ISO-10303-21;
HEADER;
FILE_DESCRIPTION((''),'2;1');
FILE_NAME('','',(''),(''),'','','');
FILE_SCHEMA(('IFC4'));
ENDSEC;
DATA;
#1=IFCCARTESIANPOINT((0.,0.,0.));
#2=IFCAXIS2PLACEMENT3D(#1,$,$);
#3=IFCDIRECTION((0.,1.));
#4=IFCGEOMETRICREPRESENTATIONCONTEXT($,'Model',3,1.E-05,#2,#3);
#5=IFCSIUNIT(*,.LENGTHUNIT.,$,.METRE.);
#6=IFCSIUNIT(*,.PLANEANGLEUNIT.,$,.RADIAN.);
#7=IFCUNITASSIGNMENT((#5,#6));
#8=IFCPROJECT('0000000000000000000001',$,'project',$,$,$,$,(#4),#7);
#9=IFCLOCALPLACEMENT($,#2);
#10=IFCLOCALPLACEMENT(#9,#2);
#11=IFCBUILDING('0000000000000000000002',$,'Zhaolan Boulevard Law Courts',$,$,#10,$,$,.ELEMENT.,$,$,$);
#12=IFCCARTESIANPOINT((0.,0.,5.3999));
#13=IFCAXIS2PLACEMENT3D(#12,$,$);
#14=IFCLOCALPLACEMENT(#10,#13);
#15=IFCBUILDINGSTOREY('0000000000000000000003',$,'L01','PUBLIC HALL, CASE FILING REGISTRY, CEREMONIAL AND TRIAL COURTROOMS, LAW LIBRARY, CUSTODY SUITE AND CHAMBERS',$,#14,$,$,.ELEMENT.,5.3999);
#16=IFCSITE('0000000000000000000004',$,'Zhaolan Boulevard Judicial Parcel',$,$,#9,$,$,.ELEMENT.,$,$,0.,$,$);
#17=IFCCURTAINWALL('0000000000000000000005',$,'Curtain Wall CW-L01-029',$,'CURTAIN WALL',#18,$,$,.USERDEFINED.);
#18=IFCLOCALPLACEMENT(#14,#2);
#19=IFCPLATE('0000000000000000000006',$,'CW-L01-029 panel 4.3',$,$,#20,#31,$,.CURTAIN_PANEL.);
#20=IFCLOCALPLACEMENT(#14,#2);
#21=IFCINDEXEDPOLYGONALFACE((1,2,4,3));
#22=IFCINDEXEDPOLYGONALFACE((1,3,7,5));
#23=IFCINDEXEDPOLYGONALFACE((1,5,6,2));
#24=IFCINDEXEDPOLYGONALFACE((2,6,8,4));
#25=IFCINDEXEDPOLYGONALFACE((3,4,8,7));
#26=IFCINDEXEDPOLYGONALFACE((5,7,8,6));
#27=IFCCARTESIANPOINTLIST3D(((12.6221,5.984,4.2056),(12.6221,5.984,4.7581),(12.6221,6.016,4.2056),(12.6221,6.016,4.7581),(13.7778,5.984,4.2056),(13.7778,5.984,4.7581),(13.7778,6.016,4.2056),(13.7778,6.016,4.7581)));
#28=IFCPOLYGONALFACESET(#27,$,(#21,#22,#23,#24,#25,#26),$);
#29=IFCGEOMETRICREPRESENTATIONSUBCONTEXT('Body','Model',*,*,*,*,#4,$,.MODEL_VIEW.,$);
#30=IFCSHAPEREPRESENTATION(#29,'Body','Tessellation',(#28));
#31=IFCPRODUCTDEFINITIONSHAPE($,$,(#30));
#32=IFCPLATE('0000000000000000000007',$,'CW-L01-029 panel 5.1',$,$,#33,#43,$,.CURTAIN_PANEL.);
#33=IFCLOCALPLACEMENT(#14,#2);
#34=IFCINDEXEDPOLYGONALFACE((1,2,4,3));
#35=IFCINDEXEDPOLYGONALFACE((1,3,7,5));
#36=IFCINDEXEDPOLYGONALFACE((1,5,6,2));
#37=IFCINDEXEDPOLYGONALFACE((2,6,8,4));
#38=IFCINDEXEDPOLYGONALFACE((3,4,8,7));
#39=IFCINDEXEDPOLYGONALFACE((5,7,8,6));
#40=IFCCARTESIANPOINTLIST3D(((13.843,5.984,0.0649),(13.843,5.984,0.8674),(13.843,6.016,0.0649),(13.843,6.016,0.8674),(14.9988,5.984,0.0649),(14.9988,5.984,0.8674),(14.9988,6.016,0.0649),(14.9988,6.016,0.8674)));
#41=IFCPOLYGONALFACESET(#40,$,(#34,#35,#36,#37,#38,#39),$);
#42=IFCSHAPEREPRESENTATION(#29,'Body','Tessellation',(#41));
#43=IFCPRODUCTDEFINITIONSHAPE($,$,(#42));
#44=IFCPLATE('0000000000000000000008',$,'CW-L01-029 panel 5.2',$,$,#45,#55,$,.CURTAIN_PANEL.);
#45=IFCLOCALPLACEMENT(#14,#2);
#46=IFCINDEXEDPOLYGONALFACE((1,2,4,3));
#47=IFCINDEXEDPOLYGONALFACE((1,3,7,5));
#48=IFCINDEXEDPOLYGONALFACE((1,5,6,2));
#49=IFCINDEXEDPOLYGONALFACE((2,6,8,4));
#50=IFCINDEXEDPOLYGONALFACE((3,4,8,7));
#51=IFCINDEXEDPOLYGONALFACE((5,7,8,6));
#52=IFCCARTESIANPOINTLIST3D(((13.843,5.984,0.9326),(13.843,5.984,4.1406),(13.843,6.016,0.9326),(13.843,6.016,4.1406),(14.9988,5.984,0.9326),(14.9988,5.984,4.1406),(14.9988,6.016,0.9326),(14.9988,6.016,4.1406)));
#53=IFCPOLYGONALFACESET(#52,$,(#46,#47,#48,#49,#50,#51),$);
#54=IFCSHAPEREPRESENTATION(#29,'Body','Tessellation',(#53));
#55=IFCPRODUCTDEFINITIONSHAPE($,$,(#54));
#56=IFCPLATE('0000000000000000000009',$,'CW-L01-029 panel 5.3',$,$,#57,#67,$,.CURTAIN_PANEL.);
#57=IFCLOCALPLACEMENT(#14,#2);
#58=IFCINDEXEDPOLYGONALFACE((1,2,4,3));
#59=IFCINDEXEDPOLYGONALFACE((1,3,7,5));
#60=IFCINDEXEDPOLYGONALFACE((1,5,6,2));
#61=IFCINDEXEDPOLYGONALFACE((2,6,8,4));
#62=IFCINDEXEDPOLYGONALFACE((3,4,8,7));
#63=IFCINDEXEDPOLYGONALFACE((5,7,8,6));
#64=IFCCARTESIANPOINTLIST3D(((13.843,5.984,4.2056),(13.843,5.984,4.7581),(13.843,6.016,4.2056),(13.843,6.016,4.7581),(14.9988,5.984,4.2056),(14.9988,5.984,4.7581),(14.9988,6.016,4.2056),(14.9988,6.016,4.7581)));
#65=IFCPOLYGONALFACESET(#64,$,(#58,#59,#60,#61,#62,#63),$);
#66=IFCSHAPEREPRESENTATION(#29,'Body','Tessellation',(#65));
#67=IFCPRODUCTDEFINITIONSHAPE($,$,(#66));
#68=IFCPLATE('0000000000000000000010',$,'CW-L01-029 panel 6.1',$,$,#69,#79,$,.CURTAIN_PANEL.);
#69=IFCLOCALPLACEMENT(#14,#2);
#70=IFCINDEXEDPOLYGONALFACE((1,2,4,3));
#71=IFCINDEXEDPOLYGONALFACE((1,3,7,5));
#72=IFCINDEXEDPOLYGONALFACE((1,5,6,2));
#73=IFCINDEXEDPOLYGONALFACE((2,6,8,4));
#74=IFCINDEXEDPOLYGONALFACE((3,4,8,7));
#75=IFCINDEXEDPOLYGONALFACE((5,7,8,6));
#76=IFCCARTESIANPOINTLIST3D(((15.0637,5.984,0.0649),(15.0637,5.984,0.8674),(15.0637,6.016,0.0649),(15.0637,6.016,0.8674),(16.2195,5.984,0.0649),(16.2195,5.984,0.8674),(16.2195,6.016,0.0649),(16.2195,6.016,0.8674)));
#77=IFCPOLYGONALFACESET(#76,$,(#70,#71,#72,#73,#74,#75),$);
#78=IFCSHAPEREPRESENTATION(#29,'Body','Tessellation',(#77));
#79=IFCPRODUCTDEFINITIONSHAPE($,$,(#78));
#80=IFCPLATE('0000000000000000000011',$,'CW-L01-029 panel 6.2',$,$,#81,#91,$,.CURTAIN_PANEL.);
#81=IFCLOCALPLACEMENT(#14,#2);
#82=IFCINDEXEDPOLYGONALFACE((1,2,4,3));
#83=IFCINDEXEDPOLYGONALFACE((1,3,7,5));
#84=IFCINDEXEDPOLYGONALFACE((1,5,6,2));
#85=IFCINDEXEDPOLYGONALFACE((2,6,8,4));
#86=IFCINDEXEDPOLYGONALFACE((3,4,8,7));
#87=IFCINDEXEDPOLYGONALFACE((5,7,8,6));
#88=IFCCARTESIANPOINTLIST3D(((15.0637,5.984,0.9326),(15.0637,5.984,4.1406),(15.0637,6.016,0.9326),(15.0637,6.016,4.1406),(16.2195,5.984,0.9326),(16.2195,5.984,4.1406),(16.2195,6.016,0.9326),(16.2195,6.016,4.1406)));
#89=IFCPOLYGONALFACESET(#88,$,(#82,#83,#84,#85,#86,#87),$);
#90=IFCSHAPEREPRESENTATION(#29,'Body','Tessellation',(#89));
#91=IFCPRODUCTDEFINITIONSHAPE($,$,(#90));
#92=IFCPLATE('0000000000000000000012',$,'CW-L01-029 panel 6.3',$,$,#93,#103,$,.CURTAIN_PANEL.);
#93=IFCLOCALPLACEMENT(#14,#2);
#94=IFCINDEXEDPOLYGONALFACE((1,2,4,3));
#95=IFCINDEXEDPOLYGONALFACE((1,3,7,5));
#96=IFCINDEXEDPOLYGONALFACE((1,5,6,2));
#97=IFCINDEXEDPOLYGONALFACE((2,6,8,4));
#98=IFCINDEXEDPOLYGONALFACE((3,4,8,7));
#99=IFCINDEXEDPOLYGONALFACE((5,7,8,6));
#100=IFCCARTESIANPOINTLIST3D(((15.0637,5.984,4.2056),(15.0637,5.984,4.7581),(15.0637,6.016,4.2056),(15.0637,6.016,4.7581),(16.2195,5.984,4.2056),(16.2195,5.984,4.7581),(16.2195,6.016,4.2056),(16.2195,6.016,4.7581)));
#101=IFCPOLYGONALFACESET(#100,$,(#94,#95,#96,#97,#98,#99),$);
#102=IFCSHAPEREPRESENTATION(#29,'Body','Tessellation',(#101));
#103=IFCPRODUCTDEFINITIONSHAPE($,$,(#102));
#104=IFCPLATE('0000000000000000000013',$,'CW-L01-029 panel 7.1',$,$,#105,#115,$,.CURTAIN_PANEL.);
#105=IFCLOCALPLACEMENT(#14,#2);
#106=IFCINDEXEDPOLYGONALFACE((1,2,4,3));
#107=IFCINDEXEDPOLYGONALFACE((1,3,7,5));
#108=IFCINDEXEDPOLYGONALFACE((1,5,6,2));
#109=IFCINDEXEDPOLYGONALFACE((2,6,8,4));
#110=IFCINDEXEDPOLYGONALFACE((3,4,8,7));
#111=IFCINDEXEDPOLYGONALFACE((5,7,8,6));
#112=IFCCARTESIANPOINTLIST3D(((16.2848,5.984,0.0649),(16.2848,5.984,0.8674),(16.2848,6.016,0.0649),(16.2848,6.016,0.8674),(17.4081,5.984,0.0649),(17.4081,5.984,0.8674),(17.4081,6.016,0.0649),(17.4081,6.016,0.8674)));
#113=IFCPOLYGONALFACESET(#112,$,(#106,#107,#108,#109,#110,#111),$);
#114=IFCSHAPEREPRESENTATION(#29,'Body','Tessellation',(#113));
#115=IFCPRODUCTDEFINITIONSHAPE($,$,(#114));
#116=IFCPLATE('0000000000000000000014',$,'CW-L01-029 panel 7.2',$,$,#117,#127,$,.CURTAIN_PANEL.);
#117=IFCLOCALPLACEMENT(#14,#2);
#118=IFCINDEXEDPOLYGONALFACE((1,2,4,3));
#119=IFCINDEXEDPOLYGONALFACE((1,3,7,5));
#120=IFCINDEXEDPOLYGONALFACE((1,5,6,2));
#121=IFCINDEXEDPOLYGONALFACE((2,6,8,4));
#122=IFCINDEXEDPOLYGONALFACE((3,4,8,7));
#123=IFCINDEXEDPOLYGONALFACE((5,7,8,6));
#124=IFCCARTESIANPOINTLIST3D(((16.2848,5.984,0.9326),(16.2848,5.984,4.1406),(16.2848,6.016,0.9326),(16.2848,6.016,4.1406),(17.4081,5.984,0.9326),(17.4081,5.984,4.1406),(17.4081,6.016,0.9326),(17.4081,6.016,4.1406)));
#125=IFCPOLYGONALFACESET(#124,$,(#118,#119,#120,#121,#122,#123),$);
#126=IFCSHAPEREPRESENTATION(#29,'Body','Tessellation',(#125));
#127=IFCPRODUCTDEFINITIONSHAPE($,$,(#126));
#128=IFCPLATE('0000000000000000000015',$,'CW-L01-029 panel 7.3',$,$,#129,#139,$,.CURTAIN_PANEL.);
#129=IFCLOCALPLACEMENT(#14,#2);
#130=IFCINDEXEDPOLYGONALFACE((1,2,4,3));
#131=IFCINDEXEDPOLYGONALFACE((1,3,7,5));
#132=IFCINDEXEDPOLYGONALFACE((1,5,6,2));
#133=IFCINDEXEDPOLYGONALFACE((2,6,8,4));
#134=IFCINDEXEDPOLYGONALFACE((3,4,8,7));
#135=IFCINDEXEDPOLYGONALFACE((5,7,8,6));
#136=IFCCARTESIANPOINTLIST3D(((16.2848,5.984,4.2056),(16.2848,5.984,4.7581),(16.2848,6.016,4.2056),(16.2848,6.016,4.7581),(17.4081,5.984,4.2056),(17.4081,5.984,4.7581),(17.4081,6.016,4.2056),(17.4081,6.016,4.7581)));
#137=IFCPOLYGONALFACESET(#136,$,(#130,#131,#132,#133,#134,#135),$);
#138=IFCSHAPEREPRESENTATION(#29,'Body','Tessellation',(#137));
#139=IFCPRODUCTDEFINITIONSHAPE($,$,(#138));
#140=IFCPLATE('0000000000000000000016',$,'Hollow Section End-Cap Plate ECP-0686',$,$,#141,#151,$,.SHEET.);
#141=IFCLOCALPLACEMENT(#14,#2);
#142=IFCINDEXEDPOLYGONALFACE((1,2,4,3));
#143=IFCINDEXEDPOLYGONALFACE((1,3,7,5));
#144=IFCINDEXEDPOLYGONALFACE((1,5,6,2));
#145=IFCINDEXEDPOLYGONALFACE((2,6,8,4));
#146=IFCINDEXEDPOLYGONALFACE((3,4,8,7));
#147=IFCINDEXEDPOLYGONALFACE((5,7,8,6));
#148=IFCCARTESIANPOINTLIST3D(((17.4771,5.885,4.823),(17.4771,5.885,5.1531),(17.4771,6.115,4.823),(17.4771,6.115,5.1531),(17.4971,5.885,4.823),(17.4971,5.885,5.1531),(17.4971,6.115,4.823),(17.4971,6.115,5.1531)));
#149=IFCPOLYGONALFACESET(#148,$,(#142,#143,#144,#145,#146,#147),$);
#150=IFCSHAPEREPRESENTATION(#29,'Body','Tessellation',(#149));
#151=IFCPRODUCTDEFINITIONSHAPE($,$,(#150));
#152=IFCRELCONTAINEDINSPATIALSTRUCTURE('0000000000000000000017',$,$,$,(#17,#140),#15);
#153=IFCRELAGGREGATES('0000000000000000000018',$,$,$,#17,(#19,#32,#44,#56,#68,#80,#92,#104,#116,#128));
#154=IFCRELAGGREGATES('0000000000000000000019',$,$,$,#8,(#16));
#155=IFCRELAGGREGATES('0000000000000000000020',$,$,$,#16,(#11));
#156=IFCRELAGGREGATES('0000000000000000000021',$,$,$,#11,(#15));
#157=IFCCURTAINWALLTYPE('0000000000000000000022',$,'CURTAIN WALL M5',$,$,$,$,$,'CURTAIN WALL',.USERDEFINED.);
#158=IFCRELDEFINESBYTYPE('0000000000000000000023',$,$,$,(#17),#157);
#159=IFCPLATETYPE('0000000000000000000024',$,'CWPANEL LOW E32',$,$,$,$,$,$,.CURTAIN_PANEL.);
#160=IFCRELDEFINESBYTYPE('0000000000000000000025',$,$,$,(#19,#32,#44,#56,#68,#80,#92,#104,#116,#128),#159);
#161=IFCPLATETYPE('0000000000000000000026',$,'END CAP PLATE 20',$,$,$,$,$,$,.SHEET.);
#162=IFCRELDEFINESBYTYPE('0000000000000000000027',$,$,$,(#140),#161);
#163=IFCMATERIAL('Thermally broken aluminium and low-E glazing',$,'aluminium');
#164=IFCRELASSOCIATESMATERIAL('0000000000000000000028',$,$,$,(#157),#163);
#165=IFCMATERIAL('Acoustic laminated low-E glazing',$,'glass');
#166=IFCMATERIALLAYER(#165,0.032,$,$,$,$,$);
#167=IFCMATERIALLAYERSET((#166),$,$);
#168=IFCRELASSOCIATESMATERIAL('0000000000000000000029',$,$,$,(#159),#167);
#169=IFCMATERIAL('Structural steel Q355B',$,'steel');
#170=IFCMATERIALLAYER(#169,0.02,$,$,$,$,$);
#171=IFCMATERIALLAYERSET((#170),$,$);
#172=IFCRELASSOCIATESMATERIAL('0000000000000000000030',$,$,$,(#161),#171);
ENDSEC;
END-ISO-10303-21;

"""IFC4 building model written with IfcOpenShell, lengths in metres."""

from ifc_helpers import new_model, si_unit, direction, frame, origin, origin_2d, place, context, subcontext, project, spatial, rectangle, extrude, material, layer, layer_set, type_object, element, aggregate, save


model = new_model("IFC4")

# Units and contexts
model_context = context("Model", 3, precision=1e-05, world=origin(), true_north=direction((0.0, 1.0)))
body_context = subcontext(model_context, "Body", "Model", "MODEL_VIEW")
ifc_project = project(units=[si_unit("LENGTHUNIT", "METRE"), si_unit("PLANEANGLEUNIT", "RADIAN")], contexts=[model_context])

# Site, building, storey
site_placement = place(None, origin())
site = spatial("IfcSite", under=ifc_project, at=site_placement, Name="Zhaolan Boulevard Judicial Parcel", CompositionType="ELEMENT", RefElevation=0.0)
building_placement = place(site_placement, origin())
building = spatial("IfcBuilding", under=site, at=building_placement, Name="Zhaolan Boulevard Law Courts", CompositionType="ELEMENT")
storey_placement = place(building_placement, frame((0.0, 0.0, 5.3999)))
storey = spatial("IfcBuildingStorey", under=building, at=storey_placement, Name="L01", Description="PUBLIC HALL, CASE FILING REGISTRY, CEREMONIAL AND TRIAL COURTROOMS, LAW LIBRARY, CUSTODY SUITE AND CHAMBERS", CompositionType="ELEMENT", Elevation=5.3999)

# Curtain wall, plates
ifc_material_1 = material(Name="Thermally broken aluminium and low-E glazing", Category="aluminium")
curtain_wall_type = type_object("IfcCurtainWallType", Name="CURTAIN WALL M5", ElementType="CURTAIN WALL", PredefinedType="USERDEFINED", material=ifc_material_1)
curtain_wall_placement = place(storey_placement, origin())
curtain_wall = element("IfcCurtainWall", 1, at=curtain_wall_placement, inside=storey, type_object=curtain_wall_type, Name="Curtain Wall CW-L01-029", ObjectType="CURTAIN WALL", PredefinedType="USERDEFINED")
ifc_material_2 = material(Name="Acoustic laminated low-E glazing", Category="glass")
ifc_layer_1 = layer(ifc_material_2, 0.032)
ifc_layer_set_1 = layer_set([ifc_layer_1])
plate_type_1 = type_object("IfcPlateType", Name="CWPANEL LOW E32", PredefinedType="CURTAIN_PANEL", material=ifc_layer_set_1)
plate_1_placement = place(storey_placement, frame((13.2, 6.0, 4.2056), z_axis=(0.0, 0.0, 1.0), x_axis=(1.0, 0.0, 0.0)))
plate_1 = element("IfcPlate", 2, at=plate_1_placement, type_object=plate_type_1, Name="CW-L01-029 panel 4.3", PredefinedType="CURTAIN_PANEL", context=body_context, shape_type="SweptSolid", body=[
    extrude(rectangle(XDim=1.1558, YDim=0.032, at=origin_2d()), origin(), (0.0, 0.0, 1.0), 0.5525),
])
plate_2_placement = place(storey_placement, frame((14.4209, 6.0, 0.0649), z_axis=(0.0, 0.0, 1.0), x_axis=(1.0, 0.0, 0.0)))
plate_2 = element("IfcPlate", 3, at=plate_2_placement, type_object=plate_type_1, Name="CW-L01-029 panel 5.1", PredefinedType="CURTAIN_PANEL", context=body_context, shape_type="SweptSolid", body=[
    extrude(rectangle(XDim=1.1558, YDim=0.032, at=origin_2d()), origin(), (0.0, 0.0, 1.0), 0.8025),
])
plate_3_placement = place(storey_placement, frame((14.4209, 6.0, 0.9326), z_axis=(0.0, 0.0, 1.0), x_axis=(1.0, 0.0, 0.0)))
plate_3 = element("IfcPlate", 4, at=plate_3_placement, type_object=plate_type_1, Name="CW-L01-029 panel 5.2", PredefinedType="CURTAIN_PANEL", context=body_context, shape_type="SweptSolid", body=[
    extrude(rectangle(XDim=1.1558, YDim=0.032, at=origin_2d()), origin(), (0.0, 0.0, 1.0), 3.208),
])
plate_4_placement = place(storey_placement, frame((14.4209, 6.0, 4.2056), z_axis=(0.0, 0.0, 1.0), x_axis=(1.0, 0.0, 0.0)))
plate_4 = element("IfcPlate", 5, at=plate_4_placement, type_object=plate_type_1, Name="CW-L01-029 panel 5.3", PredefinedType="CURTAIN_PANEL", context=body_context, shape_type="SweptSolid", body=[
    extrude(rectangle(XDim=1.1558, YDim=0.032, at=origin_2d()), origin(), (0.0, 0.0, 1.0), 0.5525),
])
plate_5_placement = place(storey_placement, frame((15.6416, 6.0, 0.0649), z_axis=(0.0, 0.0, 1.0), x_axis=(1.0, 0.0, 0.0)))
plate_5 = element("IfcPlate", 6, at=plate_5_placement, type_object=plate_type_1, Name="CW-L01-029 panel 6.1", PredefinedType="CURTAIN_PANEL", context=body_context, shape_type="SweptSolid", body=[
    extrude(rectangle(XDim=1.1558, YDim=0.032, at=origin_2d()), origin(), (0.0, 0.0, 1.0), 0.8025),
])
plate_6_placement = place(storey_placement, frame((15.6416, 6.0, 0.9326), z_axis=(0.0, 0.0, 1.0), x_axis=(1.0, 0.0, 0.0)))
plate_6 = element("IfcPlate", 7, at=plate_6_placement, type_object=plate_type_1, Name="CW-L01-029 panel 6.2", PredefinedType="CURTAIN_PANEL", context=body_context, shape_type="SweptSolid", body=[
    extrude(rectangle(XDim=1.1558, YDim=0.032, at=origin_2d()), origin(), (0.0, 0.0, 1.0), 3.208),
])
plate_7_placement = place(storey_placement, frame((15.6416, 6.0, 4.2056), z_axis=(0.0, 0.0, 1.0), x_axis=(1.0, 0.0, 0.0)))
plate_7 = element("IfcPlate", 8, at=plate_7_placement, type_object=plate_type_1, Name="CW-L01-029 panel 6.3", PredefinedType="CURTAIN_PANEL", context=body_context, shape_type="SweptSolid", body=[
    extrude(rectangle(XDim=1.1558, YDim=0.032, at=origin_2d()), origin(), (0.0, 0.0, 1.0), 0.5525),
])
plate_8_placement = place(storey_placement, frame((16.8464, 6.0, 0.0649), z_axis=(0.0, 0.0, 1.0), x_axis=(1.0, 0.0, 0.0)))
plate_8 = element("IfcPlate", 9, at=plate_8_placement, type_object=plate_type_1, Name="CW-L01-029 panel 7.1", PredefinedType="CURTAIN_PANEL", context=body_context, shape_type="SweptSolid", body=[
    extrude(rectangle(XDim=1.1233, YDim=0.032, at=origin_2d()), origin(), (0.0, 0.0, 1.0), 0.8025),
])
plate_9_placement = place(storey_placement, frame((16.8464, 6.0, 0.9326), z_axis=(0.0, 0.0, 1.0), x_axis=(1.0, 0.0, 0.0)))
plate_9 = element("IfcPlate", 10, at=plate_9_placement, type_object=plate_type_1, Name="CW-L01-029 panel 7.2", PredefinedType="CURTAIN_PANEL", context=body_context, shape_type="SweptSolid", body=[
    extrude(rectangle(XDim=1.1233, YDim=0.032, at=origin_2d()), origin(), (0.0, 0.0, 1.0), 3.208),
])
plate_10_placement = place(storey_placement, frame((16.8464, 6.0, 4.2056), z_axis=(0.0, 0.0, 1.0), x_axis=(1.0, 0.0, 0.0)))
plate_10 = element("IfcPlate", 11, at=plate_10_placement, type_object=plate_type_1, Name="CW-L01-029 panel 7.3", PredefinedType="CURTAIN_PANEL", context=body_context, shape_type="SweptSolid", body=[
    extrude(rectangle(XDim=1.1233, YDim=0.032, at=origin_2d()), origin(), (0.0, 0.0, 1.0), 0.5525),
])
aggregate(curtain_wall, [plate_1, plate_2, plate_3, plate_4, plate_5, plate_6, plate_7, plate_8, plate_9, plate_10])

# Plate
ifc_material_3 = material(Name="Structural steel Q355B", Category="steel")
ifc_layer_2 = layer(ifc_material_3, 0.02)
ifc_layer_set_2 = layer_set([ifc_layer_2])
plate_type_2 = type_object("IfcPlateType", Name="END CAP PLATE 20", PredefinedType="SHEET", material=ifc_layer_set_2)
plate_11_placement = place(storey_placement, frame((17.4871, 6.0, 4.823), z_axis=(0.0, 0.0, 1.0), x_axis=(1.0, 0.0, 0.0)))
element("IfcPlate", 12, at=plate_11_placement, inside=storey, type_object=plate_type_2, Name="Hollow Section End-Cap Plate ECP-0686", PredefinedType="SHEET", context=body_context, shape_type="SweptSolid", body=[
    extrude(rectangle(XDim=0.02, YDim=0.23, at=origin_2d()), origin(), (0.0, 0.0, 1.0), 0.3301),
])

save(model, "model.ifc")
